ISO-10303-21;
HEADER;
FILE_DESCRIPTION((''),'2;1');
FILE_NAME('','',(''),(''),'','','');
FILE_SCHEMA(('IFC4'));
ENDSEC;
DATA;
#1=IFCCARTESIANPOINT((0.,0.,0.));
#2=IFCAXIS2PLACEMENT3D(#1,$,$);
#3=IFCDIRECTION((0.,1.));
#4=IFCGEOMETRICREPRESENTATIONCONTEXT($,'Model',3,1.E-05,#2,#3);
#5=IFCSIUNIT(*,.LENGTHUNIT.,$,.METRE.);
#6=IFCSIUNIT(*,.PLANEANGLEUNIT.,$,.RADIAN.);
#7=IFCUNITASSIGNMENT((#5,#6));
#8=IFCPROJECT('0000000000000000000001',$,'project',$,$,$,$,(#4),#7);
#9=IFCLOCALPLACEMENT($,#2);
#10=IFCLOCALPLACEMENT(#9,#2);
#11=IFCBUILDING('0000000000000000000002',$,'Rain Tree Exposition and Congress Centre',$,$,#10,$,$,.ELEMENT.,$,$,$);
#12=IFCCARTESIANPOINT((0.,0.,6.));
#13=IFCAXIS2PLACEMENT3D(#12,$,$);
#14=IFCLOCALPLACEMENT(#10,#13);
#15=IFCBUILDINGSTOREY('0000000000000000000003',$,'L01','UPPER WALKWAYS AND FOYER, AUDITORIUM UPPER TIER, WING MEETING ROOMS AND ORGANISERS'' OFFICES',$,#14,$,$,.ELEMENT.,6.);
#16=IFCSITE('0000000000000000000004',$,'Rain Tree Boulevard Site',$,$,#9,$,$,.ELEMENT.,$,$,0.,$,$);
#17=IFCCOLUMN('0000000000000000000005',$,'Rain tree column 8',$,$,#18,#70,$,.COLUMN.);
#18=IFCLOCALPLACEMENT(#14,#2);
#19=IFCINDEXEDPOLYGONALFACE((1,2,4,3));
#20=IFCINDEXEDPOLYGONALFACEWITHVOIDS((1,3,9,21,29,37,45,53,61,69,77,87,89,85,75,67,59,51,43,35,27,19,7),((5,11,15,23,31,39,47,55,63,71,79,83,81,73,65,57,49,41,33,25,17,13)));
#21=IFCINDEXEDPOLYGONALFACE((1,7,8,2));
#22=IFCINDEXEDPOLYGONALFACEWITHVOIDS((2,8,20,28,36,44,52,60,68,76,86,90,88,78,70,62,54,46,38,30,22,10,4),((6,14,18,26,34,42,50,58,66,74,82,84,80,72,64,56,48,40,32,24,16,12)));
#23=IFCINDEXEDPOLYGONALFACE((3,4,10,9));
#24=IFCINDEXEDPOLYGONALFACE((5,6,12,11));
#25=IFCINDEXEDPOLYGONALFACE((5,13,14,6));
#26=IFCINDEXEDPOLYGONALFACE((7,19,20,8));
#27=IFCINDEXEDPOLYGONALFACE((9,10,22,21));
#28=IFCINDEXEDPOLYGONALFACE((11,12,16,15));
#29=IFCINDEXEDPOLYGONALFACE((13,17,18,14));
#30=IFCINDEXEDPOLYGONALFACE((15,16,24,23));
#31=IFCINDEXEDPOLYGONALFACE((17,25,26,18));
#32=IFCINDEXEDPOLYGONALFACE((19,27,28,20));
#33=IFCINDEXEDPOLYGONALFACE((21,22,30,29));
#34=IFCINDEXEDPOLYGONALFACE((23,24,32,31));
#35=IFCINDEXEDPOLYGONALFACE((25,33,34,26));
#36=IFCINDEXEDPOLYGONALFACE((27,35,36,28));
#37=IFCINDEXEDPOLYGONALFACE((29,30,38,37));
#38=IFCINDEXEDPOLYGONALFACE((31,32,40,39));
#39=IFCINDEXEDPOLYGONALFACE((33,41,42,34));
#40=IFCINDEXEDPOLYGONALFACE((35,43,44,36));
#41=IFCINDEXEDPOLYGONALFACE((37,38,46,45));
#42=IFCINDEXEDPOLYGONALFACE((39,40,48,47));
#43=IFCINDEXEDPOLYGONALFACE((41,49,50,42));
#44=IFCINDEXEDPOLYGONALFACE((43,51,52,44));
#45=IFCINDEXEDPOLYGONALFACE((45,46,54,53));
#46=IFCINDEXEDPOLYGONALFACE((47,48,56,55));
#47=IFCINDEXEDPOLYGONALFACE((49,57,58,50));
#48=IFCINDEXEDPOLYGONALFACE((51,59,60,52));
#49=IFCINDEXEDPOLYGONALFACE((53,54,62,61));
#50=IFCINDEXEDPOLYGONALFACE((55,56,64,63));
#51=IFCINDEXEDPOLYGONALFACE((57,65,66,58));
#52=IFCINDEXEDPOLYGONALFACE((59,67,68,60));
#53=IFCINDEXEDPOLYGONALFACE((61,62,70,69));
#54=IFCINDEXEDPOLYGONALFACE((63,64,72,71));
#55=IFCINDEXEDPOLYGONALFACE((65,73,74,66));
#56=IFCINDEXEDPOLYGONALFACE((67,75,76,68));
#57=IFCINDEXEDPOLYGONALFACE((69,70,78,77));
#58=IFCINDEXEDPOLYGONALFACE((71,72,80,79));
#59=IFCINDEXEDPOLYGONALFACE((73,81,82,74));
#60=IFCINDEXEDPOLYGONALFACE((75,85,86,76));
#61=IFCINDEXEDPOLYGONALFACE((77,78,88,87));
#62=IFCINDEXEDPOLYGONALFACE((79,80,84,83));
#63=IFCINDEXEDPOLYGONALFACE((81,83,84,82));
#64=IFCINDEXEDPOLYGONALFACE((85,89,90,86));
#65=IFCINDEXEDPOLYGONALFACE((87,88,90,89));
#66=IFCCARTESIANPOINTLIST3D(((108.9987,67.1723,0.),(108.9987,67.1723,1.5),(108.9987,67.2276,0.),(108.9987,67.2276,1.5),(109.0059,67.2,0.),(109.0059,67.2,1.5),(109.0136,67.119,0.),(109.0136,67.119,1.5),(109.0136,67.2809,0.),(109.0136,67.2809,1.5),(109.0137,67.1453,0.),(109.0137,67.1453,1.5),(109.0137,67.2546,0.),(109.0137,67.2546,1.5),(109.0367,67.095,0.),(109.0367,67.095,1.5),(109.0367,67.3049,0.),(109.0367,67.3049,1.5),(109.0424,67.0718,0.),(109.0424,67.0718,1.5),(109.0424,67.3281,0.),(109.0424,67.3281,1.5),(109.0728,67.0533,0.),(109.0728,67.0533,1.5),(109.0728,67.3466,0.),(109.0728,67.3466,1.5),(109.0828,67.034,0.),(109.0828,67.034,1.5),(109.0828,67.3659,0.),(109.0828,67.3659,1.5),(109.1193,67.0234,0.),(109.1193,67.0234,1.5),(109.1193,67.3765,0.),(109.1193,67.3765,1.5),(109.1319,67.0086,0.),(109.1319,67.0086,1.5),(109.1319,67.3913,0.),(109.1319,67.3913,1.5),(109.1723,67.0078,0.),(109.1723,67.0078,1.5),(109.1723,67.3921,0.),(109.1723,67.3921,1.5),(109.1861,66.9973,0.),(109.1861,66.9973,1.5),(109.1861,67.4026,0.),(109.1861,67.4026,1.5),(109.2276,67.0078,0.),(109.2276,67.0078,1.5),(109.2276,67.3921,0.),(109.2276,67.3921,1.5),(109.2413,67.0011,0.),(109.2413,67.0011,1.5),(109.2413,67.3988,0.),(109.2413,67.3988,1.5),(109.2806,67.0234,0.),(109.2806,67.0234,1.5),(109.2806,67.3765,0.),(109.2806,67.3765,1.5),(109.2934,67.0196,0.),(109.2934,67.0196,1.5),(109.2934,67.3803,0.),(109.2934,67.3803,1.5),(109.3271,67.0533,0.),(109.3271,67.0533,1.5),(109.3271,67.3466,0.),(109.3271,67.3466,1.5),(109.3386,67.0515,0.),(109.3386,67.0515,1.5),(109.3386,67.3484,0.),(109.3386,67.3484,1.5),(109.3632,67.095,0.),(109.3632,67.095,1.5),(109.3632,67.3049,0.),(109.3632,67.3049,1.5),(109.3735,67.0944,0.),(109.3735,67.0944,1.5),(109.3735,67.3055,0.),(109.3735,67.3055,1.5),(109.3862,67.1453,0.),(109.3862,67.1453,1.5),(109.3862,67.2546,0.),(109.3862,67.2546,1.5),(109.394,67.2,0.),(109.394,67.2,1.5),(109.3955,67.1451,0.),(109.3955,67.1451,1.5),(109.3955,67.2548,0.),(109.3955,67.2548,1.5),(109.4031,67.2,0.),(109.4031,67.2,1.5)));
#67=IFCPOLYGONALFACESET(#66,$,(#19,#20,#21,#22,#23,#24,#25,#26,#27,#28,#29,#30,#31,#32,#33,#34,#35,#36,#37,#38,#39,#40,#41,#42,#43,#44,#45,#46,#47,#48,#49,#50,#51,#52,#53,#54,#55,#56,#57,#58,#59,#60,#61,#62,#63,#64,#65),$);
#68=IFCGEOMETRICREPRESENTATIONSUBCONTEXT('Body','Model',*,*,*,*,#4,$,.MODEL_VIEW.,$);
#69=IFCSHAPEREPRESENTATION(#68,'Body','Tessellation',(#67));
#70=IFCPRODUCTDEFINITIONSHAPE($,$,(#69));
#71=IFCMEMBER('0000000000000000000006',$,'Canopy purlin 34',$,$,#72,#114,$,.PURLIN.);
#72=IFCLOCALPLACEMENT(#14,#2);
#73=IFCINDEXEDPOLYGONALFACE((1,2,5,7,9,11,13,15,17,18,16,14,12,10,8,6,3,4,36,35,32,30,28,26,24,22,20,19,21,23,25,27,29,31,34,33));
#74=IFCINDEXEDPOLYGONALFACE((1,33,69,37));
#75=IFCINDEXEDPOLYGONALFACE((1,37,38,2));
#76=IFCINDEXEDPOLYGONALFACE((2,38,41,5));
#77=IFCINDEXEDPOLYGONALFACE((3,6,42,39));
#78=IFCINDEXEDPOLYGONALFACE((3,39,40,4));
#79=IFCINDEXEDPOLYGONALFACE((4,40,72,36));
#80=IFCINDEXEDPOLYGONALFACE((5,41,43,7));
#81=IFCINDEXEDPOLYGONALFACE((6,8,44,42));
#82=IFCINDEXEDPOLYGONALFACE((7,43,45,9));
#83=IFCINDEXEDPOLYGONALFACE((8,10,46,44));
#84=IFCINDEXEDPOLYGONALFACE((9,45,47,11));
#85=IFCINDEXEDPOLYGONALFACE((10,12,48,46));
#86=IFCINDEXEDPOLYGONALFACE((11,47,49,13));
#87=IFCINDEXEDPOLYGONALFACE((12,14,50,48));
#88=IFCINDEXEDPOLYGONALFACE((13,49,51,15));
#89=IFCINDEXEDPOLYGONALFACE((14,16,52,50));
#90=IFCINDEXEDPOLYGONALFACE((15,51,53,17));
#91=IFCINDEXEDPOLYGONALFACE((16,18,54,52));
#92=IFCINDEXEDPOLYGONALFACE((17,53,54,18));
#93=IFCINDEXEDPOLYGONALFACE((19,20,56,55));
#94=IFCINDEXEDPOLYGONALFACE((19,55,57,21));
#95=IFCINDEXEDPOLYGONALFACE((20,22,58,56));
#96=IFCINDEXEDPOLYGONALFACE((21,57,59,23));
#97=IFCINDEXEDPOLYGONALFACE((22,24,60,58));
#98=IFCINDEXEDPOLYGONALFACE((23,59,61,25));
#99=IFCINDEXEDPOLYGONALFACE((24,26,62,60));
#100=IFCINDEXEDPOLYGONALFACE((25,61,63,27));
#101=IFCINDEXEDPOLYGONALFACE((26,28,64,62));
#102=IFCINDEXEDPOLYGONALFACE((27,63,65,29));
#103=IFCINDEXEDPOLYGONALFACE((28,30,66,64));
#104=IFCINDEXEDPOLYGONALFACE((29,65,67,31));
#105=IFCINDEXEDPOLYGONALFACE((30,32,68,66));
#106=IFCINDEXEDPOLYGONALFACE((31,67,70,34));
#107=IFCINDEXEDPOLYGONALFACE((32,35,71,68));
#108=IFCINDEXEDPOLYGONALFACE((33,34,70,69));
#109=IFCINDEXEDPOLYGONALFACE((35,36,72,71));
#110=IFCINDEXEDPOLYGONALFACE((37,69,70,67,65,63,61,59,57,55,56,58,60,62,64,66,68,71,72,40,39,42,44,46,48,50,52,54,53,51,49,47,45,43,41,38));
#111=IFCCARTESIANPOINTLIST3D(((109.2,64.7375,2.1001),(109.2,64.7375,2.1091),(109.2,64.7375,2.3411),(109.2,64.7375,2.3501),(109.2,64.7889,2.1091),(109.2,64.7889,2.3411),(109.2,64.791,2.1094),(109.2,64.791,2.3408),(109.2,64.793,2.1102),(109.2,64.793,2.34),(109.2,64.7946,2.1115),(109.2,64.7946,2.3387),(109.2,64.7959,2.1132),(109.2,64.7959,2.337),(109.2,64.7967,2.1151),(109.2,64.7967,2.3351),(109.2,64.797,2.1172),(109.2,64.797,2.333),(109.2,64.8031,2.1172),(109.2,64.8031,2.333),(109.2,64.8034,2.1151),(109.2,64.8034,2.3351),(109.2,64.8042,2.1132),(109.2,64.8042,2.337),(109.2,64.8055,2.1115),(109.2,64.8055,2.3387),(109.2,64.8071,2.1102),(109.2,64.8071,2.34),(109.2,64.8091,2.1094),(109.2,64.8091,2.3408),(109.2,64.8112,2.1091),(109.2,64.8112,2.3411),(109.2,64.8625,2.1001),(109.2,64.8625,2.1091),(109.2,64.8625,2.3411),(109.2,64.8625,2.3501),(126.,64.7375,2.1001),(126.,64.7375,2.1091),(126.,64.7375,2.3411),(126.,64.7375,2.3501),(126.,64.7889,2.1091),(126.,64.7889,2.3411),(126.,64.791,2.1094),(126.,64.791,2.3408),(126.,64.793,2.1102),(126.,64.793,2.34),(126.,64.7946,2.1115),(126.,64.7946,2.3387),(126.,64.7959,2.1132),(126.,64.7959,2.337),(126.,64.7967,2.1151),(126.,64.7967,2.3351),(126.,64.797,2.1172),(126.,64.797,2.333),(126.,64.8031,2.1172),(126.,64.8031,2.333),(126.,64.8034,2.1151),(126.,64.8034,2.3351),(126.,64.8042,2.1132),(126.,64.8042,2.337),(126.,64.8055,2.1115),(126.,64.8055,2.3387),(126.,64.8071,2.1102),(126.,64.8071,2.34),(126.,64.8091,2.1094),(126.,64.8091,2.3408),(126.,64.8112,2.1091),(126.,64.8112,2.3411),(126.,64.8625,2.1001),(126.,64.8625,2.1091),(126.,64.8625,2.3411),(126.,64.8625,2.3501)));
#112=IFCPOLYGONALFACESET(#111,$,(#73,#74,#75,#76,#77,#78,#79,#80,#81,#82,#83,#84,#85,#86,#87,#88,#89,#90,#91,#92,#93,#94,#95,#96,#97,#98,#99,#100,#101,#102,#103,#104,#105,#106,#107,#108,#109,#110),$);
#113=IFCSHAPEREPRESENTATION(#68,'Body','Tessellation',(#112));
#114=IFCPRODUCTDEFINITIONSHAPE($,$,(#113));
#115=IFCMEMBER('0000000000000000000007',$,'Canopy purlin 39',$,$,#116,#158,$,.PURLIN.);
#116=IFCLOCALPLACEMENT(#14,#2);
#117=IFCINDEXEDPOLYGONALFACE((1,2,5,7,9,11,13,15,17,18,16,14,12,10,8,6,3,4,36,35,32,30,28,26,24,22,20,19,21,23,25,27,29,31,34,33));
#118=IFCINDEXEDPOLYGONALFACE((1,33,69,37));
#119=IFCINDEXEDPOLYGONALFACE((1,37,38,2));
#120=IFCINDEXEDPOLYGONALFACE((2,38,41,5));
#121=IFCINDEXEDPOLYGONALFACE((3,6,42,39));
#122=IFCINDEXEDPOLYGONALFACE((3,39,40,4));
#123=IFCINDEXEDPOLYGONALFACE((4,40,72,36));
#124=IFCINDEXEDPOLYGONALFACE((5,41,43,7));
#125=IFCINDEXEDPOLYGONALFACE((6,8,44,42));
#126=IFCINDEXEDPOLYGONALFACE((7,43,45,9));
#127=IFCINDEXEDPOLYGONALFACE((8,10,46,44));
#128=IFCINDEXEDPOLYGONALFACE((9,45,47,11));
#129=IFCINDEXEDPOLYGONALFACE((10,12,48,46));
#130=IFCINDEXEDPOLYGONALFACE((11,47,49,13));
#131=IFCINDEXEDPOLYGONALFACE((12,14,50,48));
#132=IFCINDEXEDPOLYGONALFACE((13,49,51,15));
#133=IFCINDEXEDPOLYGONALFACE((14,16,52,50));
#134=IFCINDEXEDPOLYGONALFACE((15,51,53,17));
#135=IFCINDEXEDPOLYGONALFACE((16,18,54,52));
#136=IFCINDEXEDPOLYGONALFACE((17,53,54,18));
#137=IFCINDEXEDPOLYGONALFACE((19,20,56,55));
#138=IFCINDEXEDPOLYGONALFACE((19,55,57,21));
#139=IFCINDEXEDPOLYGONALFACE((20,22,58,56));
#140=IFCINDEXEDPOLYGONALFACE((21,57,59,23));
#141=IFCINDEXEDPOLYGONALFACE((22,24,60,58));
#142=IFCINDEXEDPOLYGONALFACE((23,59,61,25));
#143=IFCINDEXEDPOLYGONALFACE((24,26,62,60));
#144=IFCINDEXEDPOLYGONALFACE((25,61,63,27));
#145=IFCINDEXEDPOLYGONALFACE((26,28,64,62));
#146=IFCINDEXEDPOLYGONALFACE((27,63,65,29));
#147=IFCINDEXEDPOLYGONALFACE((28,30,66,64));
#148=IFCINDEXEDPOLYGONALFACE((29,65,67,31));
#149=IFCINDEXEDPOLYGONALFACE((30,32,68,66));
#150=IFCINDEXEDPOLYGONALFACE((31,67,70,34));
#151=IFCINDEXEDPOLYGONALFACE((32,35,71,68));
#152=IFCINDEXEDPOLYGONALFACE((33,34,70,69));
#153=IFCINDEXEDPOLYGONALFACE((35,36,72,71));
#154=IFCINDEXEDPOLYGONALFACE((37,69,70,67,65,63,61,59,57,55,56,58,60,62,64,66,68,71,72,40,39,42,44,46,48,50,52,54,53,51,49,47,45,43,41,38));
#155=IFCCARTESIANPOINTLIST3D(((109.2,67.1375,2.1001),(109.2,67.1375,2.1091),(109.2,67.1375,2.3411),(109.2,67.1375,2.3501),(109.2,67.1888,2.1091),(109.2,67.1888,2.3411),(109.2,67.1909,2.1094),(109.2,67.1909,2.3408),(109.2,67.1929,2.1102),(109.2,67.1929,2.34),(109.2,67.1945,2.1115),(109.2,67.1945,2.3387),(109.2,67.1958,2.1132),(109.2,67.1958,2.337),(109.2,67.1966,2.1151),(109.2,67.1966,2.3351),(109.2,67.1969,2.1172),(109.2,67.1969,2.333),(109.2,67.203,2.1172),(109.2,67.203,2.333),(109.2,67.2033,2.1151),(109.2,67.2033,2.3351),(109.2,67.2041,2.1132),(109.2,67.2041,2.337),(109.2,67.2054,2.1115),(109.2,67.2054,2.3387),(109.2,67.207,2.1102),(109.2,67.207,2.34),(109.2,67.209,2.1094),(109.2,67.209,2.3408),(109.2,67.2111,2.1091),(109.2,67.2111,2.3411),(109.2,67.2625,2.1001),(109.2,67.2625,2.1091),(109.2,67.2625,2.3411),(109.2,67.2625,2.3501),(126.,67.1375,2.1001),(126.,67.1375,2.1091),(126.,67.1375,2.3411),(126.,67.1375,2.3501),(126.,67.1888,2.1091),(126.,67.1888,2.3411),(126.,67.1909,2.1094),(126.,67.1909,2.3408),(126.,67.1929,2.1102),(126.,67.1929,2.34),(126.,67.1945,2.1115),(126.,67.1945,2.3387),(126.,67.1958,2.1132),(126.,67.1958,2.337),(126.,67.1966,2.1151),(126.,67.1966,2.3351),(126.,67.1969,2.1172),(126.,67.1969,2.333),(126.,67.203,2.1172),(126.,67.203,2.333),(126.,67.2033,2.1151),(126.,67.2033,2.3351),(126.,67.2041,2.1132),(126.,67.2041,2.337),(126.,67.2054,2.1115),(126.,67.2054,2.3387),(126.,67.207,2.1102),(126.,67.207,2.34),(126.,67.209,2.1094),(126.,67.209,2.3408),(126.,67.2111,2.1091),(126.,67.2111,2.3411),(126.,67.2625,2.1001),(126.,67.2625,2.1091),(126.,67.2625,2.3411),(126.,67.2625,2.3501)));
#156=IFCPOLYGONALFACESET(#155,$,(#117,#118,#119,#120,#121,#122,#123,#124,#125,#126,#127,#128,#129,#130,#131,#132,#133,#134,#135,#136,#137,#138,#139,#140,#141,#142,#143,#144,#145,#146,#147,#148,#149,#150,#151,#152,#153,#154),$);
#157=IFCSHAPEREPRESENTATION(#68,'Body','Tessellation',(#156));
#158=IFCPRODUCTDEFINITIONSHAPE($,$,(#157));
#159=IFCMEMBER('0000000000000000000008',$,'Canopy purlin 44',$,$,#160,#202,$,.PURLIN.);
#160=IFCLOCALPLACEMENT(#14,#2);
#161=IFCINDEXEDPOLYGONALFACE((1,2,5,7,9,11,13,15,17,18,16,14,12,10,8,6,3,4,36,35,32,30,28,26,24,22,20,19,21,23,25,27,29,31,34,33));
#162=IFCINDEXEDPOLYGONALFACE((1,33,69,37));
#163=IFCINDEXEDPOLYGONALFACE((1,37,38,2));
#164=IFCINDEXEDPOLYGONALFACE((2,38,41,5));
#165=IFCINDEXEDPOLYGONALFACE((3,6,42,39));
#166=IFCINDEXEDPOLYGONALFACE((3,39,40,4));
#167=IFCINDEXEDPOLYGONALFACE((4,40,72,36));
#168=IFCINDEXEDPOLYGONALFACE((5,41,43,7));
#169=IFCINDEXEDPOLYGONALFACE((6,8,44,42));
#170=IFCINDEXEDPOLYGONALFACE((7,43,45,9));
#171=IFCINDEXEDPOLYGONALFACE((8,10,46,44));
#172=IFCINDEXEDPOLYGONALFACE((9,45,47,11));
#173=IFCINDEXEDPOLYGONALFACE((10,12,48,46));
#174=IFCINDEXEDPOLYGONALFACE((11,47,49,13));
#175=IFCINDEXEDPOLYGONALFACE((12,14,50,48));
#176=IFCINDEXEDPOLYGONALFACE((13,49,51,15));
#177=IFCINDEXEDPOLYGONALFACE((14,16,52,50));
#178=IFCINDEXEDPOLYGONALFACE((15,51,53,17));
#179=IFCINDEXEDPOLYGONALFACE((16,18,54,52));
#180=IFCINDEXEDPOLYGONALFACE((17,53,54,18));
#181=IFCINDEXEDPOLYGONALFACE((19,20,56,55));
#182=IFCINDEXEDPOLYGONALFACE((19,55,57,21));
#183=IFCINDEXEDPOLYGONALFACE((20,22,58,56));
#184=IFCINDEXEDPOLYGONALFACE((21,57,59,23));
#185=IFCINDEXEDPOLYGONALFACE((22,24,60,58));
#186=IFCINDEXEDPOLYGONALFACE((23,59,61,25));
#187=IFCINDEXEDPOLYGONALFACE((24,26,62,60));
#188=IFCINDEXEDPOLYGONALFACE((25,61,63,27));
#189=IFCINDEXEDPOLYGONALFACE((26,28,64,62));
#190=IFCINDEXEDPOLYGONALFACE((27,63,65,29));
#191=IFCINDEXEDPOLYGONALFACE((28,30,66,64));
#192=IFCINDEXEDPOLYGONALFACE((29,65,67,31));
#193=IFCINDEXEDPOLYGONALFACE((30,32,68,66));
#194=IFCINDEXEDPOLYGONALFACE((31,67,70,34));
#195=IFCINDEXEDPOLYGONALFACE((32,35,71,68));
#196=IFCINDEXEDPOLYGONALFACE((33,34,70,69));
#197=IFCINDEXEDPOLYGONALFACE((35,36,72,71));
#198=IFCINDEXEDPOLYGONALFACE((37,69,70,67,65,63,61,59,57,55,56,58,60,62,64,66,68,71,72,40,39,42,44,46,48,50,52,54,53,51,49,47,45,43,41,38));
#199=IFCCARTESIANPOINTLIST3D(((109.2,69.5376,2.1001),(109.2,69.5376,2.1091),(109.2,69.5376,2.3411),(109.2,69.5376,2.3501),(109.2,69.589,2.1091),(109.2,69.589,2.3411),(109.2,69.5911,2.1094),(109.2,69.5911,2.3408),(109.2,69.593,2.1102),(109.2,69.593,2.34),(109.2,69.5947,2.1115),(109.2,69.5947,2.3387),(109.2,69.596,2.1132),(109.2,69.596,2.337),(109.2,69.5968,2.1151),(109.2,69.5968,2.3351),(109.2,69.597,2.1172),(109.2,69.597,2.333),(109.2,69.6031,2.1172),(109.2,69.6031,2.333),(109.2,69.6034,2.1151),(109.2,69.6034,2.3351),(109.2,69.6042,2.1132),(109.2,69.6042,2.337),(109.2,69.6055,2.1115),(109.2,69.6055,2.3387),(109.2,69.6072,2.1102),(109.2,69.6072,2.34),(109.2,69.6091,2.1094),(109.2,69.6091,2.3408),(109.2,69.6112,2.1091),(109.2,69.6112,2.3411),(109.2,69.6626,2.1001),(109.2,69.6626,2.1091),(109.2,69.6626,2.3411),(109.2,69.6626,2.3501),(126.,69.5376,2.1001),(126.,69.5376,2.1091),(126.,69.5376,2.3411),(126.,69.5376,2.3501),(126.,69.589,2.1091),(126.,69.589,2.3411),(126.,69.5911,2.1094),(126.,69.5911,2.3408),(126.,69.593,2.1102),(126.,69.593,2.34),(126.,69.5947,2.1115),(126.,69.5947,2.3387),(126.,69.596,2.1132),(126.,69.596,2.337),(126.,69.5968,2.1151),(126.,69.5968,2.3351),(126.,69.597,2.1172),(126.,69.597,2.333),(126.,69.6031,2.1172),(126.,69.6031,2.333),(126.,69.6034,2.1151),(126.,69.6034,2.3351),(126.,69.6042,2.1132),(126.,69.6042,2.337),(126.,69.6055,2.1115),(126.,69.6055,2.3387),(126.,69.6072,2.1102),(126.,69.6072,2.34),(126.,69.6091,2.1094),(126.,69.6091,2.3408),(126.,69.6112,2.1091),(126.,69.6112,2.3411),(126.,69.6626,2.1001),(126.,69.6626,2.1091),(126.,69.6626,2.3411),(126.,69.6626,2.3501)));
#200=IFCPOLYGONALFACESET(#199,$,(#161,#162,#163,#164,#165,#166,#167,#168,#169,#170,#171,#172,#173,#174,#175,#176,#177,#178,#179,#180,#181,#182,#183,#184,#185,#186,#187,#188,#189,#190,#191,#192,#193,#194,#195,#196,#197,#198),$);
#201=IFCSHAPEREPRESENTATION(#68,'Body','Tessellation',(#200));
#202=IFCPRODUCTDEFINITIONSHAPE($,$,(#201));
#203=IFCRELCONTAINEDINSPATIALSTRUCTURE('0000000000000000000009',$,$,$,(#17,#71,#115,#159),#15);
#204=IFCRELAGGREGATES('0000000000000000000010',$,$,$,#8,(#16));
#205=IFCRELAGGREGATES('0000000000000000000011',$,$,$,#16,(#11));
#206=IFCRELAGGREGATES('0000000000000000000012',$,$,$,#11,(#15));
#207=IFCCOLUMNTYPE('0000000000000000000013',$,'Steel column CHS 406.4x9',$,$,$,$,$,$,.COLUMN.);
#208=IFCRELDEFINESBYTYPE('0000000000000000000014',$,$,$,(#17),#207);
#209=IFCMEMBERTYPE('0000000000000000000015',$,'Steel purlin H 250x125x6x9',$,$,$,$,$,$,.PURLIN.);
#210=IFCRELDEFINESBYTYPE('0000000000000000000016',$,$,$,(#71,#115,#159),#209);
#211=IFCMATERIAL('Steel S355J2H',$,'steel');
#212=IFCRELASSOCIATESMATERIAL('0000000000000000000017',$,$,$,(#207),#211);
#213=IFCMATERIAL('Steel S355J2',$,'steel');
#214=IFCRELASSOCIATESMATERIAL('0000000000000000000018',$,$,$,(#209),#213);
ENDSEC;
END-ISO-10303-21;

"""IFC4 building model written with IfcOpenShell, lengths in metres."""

from ifc_helpers import new_model, si_unit, direction, frame, origin, origin_2d, place, context, subcontext, project, spatial, hollow_circle, i_section, extrude, material, material_profile, profile_set, type_object, element, save


model = new_model("IFC4")

# Units and contexts
model_context = context("Model", 3, precision=1e-05, world=origin(), true_north=direction((0.0, 1.0)))
body_context = subcontext(model_context, "Body", "Model", "MODEL_VIEW")
ifc_project = project(units=[si_unit("LENGTHUNIT", "METRE"), si_unit("PLANEANGLEUNIT", "RADIAN")], contexts=[model_context])

# Site, building, storey
site_placement = place(None, origin())
site = spatial("IfcSite", under=ifc_project, at=site_placement, Name="Rain Tree Boulevard Site", CompositionType="ELEMENT", RefElevation=0.0)
building_placement = place(site_placement, origin())
building = spatial("IfcBuilding", under=site, at=building_placement, Name="Rain Tree Exposition and Congress Centre", CompositionType="ELEMENT")
storey_placement = place(building_placement, frame((0.0, 0.0, 6.0)))
storey = spatial("IfcBuildingStorey", under=building, at=storey_placement, Name="L01", Description="UPPER WALKWAYS AND FOYER, AUDITORIUM UPPER TIER, WING MEETING ROOMS AND ORGANISERS' OFFICES", CompositionType="ELEMENT", Elevation=6.0)

# Column
ifc_material_1 = material(Name="Steel S355J2H", Category="steel")
ifc_material_profile_1 = material_profile(ifc_material_1, hollow_circle(Radius=0.2031, WallThickness=0.009, at=origin_2d()), Name="CHS 406.4x9")
ifc_profile_set_1 = profile_set([ifc_material_profile_1], Name="Steel S355J2H")
column_type = type_object("IfcColumnType", Name="Steel column CHS 406.4x9", PredefinedType="COLUMN", material=ifc_profile_set_1)
column_placement = place(storey_placement, frame((109.2, 67.2, 0.0), z_axis=(0.0, 0.0, 1.0), x_axis=(1.0, 0.0, 0.0)))
element("IfcColumn", 1, at=column_placement, inside=storey, type_object=column_type, Name="Rain tree column 8", PredefinedType="COLUMN", context=body_context, shape_type="SweptSolid", body=[
    extrude(hollow_circle(Radius=0.2031, WallThickness=0.009, at=origin_2d()), origin(), (0.0, 0.0, 1.0), 1.5),
])

# Members
ifc_material_2 = material(Name="Steel S355J2", Category="steel")
ifc_material_profile_2 = material_profile(ifc_material_2, i_section(OverallWidth=0.125, OverallDepth=0.25, WebThickness=0.0061, FlangeThickness=0.009, FilletRadius=0.0081, at=origin_2d()), Name="H 250x125x6x9")
ifc_profile_set_2 = profile_set([ifc_material_profile_2], Name="Steel S355J2")
member_type = type_object("IfcMemberType", Name="Steel purlin H 250x125x6x9", PredefinedType="PURLIN", material=ifc_profile_set_2)
for number, where, z_axis, x_axis, name in (
    (2, (109.2, 64.8, 2.2251), (1.0, 0.0, 0.0), (0.0, 1.0, 0.0), "Canopy purlin 34"),
    (3, (109.2, 67.2, 2.2251), (1.0, 0.0, 0.0), (0.0, 1.0, 0.0), "Canopy purlin 39"),
    (4, (109.2, 69.6001, 2.2251), (1.0, 0.0, 0.0), (0.0, 1.0, 0.0), "Canopy purlin 44"),
):
    element("IfcMember", number, at=place(storey_placement, frame(where, z_axis=z_axis, x_axis=x_axis)), inside=storey, type_object=member_type, Name=name, PredefinedType="PURLIN", context=body_context, shape_type="SweptSolid", body=[
        extrude(i_section(OverallWidth=0.125, OverallDepth=0.25, WebThickness=0.0061, FlangeThickness=0.009, FilletRadius=0.0081, at=origin_2d()), origin(), (0.0, 0.0, 1.0), 16.8),
    ])

save(model, "model.ifc")
